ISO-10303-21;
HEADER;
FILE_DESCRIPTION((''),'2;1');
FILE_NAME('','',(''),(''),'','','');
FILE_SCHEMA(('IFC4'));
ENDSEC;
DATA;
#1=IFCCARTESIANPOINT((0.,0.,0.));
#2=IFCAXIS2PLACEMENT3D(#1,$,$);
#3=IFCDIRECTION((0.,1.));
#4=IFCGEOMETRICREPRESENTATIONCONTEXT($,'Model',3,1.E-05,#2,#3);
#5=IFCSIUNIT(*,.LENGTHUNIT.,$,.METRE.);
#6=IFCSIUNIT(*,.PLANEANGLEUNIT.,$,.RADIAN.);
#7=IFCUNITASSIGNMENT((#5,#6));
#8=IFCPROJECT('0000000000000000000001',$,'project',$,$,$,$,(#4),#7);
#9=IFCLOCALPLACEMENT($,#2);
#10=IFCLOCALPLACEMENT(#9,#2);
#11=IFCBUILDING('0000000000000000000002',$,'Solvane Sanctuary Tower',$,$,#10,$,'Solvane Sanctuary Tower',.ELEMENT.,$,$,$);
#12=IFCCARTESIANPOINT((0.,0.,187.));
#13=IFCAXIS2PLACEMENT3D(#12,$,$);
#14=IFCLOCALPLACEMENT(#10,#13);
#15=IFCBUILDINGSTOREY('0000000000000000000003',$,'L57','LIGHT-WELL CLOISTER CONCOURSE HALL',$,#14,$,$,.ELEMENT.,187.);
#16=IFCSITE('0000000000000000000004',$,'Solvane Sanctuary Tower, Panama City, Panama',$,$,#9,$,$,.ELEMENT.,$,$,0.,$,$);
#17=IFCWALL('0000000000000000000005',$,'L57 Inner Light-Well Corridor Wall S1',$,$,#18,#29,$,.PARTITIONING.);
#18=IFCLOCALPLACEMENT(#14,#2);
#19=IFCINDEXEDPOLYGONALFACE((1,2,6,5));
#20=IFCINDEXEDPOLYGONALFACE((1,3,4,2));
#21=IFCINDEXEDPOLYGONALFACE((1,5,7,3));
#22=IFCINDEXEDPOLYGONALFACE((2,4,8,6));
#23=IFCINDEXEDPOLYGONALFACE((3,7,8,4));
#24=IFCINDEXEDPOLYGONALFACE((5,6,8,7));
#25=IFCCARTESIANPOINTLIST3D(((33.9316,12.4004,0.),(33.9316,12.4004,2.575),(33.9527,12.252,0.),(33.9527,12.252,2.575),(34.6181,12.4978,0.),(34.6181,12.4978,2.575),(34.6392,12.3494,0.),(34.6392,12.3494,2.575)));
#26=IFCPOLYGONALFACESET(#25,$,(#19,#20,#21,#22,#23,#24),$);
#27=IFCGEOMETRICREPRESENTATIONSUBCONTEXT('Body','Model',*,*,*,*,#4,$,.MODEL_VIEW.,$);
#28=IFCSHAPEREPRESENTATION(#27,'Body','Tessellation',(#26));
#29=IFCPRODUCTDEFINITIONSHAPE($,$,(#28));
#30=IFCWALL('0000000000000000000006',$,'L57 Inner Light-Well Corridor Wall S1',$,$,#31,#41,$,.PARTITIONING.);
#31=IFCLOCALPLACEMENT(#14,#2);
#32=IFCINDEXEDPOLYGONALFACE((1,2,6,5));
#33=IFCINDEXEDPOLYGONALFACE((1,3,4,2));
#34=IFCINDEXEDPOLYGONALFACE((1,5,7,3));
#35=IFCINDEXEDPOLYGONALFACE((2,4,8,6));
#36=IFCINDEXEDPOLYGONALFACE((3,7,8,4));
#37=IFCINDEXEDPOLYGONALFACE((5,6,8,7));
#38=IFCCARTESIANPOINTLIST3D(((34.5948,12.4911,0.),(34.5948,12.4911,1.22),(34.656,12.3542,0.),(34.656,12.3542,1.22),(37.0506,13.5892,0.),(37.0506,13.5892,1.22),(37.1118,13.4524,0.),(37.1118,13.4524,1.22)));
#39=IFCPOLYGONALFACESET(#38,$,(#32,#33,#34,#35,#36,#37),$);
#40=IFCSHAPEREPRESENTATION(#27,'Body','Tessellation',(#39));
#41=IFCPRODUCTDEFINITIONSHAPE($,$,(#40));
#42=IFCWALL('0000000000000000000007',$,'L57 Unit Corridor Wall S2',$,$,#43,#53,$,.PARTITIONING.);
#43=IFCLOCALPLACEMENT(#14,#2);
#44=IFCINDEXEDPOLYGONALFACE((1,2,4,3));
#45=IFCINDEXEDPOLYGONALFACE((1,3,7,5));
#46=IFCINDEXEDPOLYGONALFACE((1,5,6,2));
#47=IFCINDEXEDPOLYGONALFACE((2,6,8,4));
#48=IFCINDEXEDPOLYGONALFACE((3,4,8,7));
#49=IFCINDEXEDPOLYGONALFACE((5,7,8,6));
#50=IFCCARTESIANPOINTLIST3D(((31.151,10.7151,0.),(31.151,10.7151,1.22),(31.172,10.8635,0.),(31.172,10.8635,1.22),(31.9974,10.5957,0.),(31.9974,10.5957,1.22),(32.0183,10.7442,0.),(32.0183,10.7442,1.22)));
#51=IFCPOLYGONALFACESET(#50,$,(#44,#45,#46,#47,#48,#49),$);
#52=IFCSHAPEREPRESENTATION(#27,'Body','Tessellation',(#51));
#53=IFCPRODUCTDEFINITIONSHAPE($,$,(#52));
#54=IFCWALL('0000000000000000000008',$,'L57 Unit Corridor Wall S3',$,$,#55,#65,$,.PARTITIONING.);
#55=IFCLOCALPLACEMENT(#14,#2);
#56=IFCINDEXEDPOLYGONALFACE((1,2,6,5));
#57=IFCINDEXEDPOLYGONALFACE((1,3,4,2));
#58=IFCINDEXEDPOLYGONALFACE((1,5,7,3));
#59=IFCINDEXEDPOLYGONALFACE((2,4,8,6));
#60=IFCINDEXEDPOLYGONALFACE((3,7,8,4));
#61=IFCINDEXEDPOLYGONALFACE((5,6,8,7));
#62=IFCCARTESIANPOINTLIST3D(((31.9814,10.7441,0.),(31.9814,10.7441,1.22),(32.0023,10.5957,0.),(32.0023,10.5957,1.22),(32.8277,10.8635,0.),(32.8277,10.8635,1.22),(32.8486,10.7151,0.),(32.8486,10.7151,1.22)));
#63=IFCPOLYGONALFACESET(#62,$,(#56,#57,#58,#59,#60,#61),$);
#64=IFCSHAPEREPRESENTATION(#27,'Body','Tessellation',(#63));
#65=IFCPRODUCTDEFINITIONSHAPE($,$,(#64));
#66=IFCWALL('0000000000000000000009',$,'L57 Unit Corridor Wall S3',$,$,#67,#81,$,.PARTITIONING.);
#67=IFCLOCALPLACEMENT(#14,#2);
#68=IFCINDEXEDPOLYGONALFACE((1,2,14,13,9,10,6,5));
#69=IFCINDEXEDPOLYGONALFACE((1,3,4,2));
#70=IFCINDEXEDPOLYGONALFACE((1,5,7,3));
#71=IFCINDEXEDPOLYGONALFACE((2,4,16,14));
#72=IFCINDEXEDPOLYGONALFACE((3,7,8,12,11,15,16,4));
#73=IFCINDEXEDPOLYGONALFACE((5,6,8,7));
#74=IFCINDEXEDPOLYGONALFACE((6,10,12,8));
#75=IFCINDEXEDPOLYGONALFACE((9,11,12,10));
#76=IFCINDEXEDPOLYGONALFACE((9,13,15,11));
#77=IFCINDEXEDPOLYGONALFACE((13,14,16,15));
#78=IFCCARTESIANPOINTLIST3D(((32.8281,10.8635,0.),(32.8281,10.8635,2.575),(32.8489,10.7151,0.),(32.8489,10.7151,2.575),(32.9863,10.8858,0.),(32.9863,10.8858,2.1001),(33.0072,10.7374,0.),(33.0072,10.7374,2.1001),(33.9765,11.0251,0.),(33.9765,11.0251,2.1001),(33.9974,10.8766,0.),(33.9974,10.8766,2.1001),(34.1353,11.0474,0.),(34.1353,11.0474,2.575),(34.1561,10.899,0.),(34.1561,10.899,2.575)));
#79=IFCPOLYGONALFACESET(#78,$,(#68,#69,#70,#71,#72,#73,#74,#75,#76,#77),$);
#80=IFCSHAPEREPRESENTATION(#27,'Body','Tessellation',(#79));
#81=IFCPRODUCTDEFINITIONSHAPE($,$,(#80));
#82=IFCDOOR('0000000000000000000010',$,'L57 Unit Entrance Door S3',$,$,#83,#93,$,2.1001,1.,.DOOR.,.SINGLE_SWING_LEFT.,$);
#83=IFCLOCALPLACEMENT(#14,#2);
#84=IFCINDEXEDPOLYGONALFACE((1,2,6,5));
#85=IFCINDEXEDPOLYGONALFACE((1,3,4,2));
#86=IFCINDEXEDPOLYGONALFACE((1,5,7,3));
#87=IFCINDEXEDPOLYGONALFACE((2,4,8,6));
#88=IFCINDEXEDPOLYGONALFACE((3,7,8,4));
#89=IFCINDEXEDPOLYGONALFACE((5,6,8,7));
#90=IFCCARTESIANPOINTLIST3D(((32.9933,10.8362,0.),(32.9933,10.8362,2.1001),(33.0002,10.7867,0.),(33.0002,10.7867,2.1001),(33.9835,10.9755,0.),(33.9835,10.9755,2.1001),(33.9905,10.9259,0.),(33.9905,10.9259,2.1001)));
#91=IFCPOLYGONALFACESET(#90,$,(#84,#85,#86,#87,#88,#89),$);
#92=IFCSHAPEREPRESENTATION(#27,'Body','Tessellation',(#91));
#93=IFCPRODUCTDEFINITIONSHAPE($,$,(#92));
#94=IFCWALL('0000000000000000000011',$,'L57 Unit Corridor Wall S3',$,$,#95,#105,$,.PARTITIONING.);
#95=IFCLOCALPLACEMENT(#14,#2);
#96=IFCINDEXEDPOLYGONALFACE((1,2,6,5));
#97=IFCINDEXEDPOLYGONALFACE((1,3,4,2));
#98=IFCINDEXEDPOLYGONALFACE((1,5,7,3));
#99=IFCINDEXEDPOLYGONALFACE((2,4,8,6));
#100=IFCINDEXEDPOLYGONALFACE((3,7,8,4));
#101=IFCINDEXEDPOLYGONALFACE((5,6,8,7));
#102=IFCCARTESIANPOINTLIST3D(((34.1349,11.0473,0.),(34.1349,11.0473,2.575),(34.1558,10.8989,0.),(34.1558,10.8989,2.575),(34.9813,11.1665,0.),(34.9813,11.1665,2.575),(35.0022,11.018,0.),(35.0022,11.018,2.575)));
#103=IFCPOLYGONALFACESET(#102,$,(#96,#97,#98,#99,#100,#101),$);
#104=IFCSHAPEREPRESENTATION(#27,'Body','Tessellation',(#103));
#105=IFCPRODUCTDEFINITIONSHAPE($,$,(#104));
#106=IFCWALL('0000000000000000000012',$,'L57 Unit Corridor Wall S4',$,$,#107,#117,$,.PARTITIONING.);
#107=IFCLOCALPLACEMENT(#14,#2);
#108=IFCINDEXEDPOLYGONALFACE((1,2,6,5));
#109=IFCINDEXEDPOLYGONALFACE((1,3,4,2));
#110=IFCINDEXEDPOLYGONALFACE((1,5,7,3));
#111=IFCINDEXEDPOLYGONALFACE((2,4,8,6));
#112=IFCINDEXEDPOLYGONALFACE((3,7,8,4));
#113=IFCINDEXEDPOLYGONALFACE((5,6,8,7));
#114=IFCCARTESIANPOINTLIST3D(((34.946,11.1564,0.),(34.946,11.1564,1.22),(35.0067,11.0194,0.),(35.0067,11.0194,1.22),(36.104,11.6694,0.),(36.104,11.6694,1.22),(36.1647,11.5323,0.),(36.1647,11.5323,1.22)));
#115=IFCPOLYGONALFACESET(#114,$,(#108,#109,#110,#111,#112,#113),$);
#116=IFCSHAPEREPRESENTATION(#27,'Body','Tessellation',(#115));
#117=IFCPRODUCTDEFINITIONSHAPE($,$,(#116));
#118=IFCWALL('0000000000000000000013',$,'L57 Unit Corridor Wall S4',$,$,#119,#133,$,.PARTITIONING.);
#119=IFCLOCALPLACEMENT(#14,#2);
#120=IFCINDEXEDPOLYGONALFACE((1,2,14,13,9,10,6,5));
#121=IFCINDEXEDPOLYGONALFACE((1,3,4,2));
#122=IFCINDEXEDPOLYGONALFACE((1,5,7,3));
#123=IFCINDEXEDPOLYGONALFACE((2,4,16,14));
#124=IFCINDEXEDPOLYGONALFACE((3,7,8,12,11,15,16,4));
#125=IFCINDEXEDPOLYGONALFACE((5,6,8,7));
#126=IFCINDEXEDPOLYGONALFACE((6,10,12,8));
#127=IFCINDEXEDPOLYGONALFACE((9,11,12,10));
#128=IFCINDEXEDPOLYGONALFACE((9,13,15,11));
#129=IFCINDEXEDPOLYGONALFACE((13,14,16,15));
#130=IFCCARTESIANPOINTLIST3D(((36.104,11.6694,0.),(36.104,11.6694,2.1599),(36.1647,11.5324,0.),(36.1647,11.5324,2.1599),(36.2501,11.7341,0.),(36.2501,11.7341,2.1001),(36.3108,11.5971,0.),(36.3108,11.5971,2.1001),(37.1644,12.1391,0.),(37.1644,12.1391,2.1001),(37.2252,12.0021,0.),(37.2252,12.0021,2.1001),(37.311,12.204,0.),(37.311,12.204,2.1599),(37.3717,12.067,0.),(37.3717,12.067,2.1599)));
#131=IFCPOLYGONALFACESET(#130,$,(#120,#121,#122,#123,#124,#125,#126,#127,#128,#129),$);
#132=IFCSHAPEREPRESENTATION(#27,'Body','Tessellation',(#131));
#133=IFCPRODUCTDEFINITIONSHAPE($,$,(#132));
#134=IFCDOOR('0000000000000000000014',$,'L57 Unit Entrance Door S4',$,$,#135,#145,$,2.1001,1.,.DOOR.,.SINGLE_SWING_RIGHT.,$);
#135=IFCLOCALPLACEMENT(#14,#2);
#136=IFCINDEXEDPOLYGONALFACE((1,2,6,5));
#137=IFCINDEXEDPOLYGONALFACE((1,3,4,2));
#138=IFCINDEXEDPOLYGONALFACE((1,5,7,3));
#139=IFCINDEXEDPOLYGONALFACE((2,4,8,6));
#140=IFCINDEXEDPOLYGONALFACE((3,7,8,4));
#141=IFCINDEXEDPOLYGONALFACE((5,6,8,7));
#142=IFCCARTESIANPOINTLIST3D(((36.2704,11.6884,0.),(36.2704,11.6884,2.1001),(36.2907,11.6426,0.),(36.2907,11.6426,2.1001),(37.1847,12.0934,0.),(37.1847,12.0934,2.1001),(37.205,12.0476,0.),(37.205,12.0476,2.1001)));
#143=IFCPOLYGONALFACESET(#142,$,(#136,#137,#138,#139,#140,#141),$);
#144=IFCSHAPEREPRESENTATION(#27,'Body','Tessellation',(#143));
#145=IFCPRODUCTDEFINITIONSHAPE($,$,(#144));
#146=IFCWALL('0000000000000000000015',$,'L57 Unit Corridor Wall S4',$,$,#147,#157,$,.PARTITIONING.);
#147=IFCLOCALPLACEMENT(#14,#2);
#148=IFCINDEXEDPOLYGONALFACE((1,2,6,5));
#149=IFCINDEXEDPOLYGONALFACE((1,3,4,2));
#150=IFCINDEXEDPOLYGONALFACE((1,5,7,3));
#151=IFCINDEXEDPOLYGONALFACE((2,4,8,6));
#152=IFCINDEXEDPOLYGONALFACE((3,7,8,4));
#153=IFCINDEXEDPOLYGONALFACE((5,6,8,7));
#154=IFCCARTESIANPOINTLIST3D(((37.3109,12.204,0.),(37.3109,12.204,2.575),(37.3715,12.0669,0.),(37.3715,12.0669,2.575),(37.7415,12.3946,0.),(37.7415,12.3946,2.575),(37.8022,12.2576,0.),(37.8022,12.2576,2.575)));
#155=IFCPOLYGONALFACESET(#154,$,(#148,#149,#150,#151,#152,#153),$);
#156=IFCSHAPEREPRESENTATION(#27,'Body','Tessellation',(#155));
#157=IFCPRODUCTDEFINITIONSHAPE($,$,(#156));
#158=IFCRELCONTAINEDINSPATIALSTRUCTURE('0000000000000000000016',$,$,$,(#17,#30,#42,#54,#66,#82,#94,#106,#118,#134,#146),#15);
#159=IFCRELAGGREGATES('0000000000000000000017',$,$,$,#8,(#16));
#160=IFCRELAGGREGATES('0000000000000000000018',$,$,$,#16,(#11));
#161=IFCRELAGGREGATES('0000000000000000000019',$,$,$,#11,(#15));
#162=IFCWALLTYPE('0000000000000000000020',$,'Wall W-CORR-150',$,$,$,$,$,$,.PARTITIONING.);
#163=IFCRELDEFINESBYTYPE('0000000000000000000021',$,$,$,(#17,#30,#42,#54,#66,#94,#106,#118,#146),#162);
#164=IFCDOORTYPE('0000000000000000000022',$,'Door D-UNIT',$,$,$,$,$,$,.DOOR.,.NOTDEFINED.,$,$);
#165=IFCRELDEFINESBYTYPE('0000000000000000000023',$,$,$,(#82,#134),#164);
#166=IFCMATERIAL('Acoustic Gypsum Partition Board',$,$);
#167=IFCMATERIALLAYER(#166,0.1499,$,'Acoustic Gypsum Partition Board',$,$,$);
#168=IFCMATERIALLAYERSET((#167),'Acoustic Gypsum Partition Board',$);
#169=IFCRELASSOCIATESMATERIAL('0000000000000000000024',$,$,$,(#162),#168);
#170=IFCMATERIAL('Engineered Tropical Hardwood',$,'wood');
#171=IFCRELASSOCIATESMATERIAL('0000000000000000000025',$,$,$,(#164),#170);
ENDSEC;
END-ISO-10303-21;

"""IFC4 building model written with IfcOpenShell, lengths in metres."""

from ifc_helpers import new_model, si_unit, direction, frame, frame_2d, origin, place, context, subcontext, project, spatial, rectangle, extrude, material, layer, layer_set, type_object, element, fill, save


model = new_model("IFC4")

# Units and contexts
model_context = context("Model", 3, precision=1e-05, world=origin(), true_north=direction((0.0, 1.0)))
body_context = subcontext(model_context, "Body", "Model", "MODEL_VIEW")
ifc_project = project(units=[si_unit("LENGTHUNIT", "METRE"), si_unit("PLANEANGLEUNIT", "RADIAN")], contexts=[model_context])

# Site, building, storey
site_placement = place(None, origin())
site = spatial("IfcSite", under=ifc_project, at=site_placement, Name="Solvane Sanctuary Tower, Panama City, Panama", CompositionType="ELEMENT", RefElevation=0.0)
building_placement = place(site_placement, origin())
building = spatial("IfcBuilding", under=site, at=building_placement, Name="Solvane Sanctuary Tower", LongName="Solvane Sanctuary Tower", CompositionType="ELEMENT")
storey_placement = place(building_placement, frame((0.0, 0.0, 187.0)))
storey = spatial("IfcBuildingStorey", under=building, at=storey_placement, Name="L57", Description="LIGHT-WELL CLOISTER CONCOURSE HALL", CompositionType="ELEMENT", Elevation=187.0)

# Shared definitions
ifc_material_1 = material(Name="Acoustic Gypsum Partition Board")
ifc_layer_1 = layer(ifc_material_1, 0.1499, Name="Acoustic Gypsum Partition Board")
ifc_layer_set_1 = layer_set([ifc_layer_1], Name="Acoustic Gypsum Partition Board")
wall_type_1 = type_object("IfcWallType", Name="Wall W-CORR-150", PredefinedType="PARTITIONING", material=ifc_layer_set_1)

# Shared definitions
ifc_material_2 = material(Name="Engineered Tropical Hardwood", Category="wood")

# Walls
wall_1_placement = place(storey_placement, frame((33.9421, 12.3262, 0.0), z_axis=(0.0, 0.0, 1.0), x_axis=(0.990083, 0.140485, 0.0)))
element("IfcWall", 1, at=wall_1_placement, inside=storey, type_object=wall_type_1, Name="L57 Inner Light-Well Corridor Wall S1", PredefinedType="PARTITIONING", context=body_context, shape_type="SweptSolid", body=[
    extrude(rectangle(XDim=0.6934, YDim=0.1499, at=frame_2d((0.3467, 0.0))), origin(), (0.0, 0.0, 1.0), 2.575),
])
wall_2_placement = place(storey_placement, frame((34.6252, 12.4226, 0.0), z_axis=(0.0, 0.0, 1.0), x_axis=(0.912889, 0.408209, 0.0)))
element("IfcWall", 2, at=wall_2_placement, inside=storey, type_object=wall_type_1, Name="L57 Inner Light-Well Corridor Wall S1", PredefinedType="PARTITIONING", context=body_context, shape_type="SweptSolid", body=[
    extrude(rectangle(XDim=2.6902, YDim=0.1499, at=frame_2d((1.3452, 0.0))), origin(), (0.0, 0.0, 1.0), 1.22),
])
for number, where, z_axis, x_axis, name in (
    (3, (31.1616, 10.7893, 0.0), (0.0, 0.0, 1.0), (0.990199, -0.139662, 0.0), "L57 Unit Corridor Wall S2"),
    (4, (31.9919, 10.6699, 0.0), (0.0, 0.0, 1.0), (0.990199, 0.139662, 0.0), "L57 Unit Corridor Wall S3"),
):
    element("IfcWall", number, at=place(storey_placement, frame(where, z_axis=z_axis, x_axis=x_axis)), inside=storey, type_object=wall_type_1, Name=name, PredefinedType="PARTITIONING", context=body_context, shape_type="SweptSolid", body=[
        extrude(rectangle(XDim=0.8547, YDim=0.1499, at=frame_2d((0.4272, 0.0))), origin(), (0.0, 0.0, 1.0), 1.22),
    ])

# Wall, opening, door
wall_3_placement = place(storey_placement, frame((32.8384, 10.7893, 0.0), z_axis=(0.0, 0.0, 1.0), x_axis=(0.990254, 0.139272, 0.0)))
wall_3 = element("IfcWall", 5, at=wall_3_placement, inside=storey, type_object=wall_type_1, Name="L57 Unit Corridor Wall S3", PredefinedType="PARTITIONING", context=body_context, shape_type="SweptSolid", body=[
    extrude(rectangle(XDim=1.3201, YDim=0.1499, at=frame_2d((0.6602, 0.0))), origin(), (0.0, 0.0, 1.0), 2.575),
])
opening_1_placement = place(wall_3_placement, frame((0.1599, 0.0, 0.0)))
opening_1 = element("IfcOpeningElement", 6, at=opening_1_placement, cuts=wall_3, PredefinedType="OPENING", context=body_context, shape_type="SweptSolid", body=[
    extrude(rectangle(XDim=1.0, YDim=2.1001, at=frame_2d((0.5, 1.05))), frame((0.0, 0.085, 0.0), z_axis=(0.0, -1.0, 0.0), x_axis=(1.0, 0.0, 0.0)), (0.0, 0.0, 1.0), 0.1699),
])
door_type_1 = type_object("IfcDoorType", Name="Door D-UNIT", OperationType="NOTDEFINED", PredefinedType="DOOR", material=ifc_material_2)
door_1_placement = place(opening_1_placement, origin())
door_1 = element("IfcDoor", 7, at=door_1_placement, inside=storey, type_object=door_type_1, Name="L57 Unit Entrance Door S3", OperationType="SINGLE_SWING_LEFT", OverallHeight=2.1001, OverallWidth=1.0, PredefinedType="DOOR", context=body_context, shape_type="SweptSolid", body=[
    extrude(rectangle(XDim=1.0, YDim=2.1001, at=frame_2d((0.5, 1.05))), frame((0.0, 0.0249, 0.0), z_axis=(0.0, -1.0, 0.0), x_axis=(1.0, 0.0, 0.0)), (0.0, 0.0, 1.0), 0.05),
])
fill(opening_1, door_1)

# Walls
wall_4_placement = place(storey_placement, frame((34.1455, 10.9731, 0.0), z_axis=(0.0, 0.0, 1.0), x_axis=(0.990239, 0.139382, 0.0)))
element("IfcWall", 8, at=wall_4_placement, inside=storey, type_object=wall_type_1, Name="L57 Unit Corridor Wall S3", PredefinedType="PARTITIONING", context=body_context, shape_type="SweptSolid", body=[
    extrude(rectangle(XDim=0.8547, YDim=0.1499, at=frame_2d((0.4272, 0.0))), origin(), (0.0, 0.0, 1.0), 2.575),
])
wall_5_placement = place(storey_placement, frame((34.9763, 11.0879, 0.0), z_axis=(0.0, 0.0, 1.0), x_axis=(0.914312, 0.405011, 0.0)))
element("IfcWall", 9, at=wall_5_placement, inside=storey, type_object=wall_type_1, Name="L57 Unit Corridor Wall S4", PredefinedType="PARTITIONING", context=body_context, shape_type="SweptSolid", body=[
    extrude(rectangle(XDim=1.2666, YDim=0.1499, at=frame_2d((0.6333, 0.0))), origin(), (0.0, 0.0, 1.0), 1.22),
])

# Wall, opening, door
wall_6_placement = place(storey_placement, frame((36.1343, 11.6008, 0.0), z_axis=(0.0, 0.0, 1.0), x_axis=(0.914314, 0.405006, 0.0)))
wall_6 = element("IfcWall", 10, at=wall_6_placement, inside=storey, type_object=wall_type_1, Name="L57 Unit Corridor Wall S4", PredefinedType="PARTITIONING", context=body_context, shape_type="SweptSolid", body=[
    extrude(rectangle(XDim=1.3201, YDim=0.1499, at=frame_2d((0.6602, 0.0))), origin(), (0.0, 0.0, 1.0), 2.1599),
])
opening_2_placement = place(wall_6_placement, frame((0.1599, 0.0, 0.0)))
opening_2 = element("IfcOpeningElement", 11, at=opening_2_placement, cuts=wall_6, PredefinedType="OPENING", context=body_context, shape_type="SweptSolid", body=[
    extrude(rectangle(XDim=1.0, YDim=2.1001, at=frame_2d((0.5, 1.05))), frame((0.0, 0.085, 0.0), z_axis=(0.0, -1.0, 0.0), x_axis=(1.0, 0.0, 0.0)), (0.0, 0.0, 1.0), 0.1699),
])
door_2_placement = place(opening_2_placement, origin())
door_2 = element("IfcDoor", 12, at=door_2_placement, inside=storey, type_object=door_type_1, Name="L57 Unit Entrance Door S4", OperationType="SINGLE_SWING_RIGHT", OverallHeight=2.1001, OverallWidth=1.0, PredefinedType="DOOR", context=body_context, shape_type="SweptSolid", body=[
    extrude(rectangle(XDim=1.0, YDim=2.1001, at=frame_2d((0.5, 1.05))), frame((0.0, 0.0249, 0.0), z_axis=(0.0, -1.0, 0.0), x_axis=(1.0, 0.0, 0.0)), (0.0, 0.0, 1.0), 0.05),
])
fill(opening_2, door_2)

# Wall
wall_7_placement = place(storey_placement, frame((37.3413, 12.1355, 0.0), z_axis=(0.0, 0.0, 1.0), x_axis=(0.914388, 0.404839, 0.0)))
element("IfcWall", 13, at=wall_7_placement, inside=storey, type_object=wall_type_1, Name="L57 Unit Corridor Wall S4", PredefinedType="PARTITIONING", context=body_context, shape_type="SweptSolid", body=[
    extrude(rectangle(XDim=0.4709, YDim=0.1499, at=frame_2d((0.2354, 0.0))), origin(), (0.0, 0.0, 1.0), 2.575),
])

save(model, "model.ifc")
